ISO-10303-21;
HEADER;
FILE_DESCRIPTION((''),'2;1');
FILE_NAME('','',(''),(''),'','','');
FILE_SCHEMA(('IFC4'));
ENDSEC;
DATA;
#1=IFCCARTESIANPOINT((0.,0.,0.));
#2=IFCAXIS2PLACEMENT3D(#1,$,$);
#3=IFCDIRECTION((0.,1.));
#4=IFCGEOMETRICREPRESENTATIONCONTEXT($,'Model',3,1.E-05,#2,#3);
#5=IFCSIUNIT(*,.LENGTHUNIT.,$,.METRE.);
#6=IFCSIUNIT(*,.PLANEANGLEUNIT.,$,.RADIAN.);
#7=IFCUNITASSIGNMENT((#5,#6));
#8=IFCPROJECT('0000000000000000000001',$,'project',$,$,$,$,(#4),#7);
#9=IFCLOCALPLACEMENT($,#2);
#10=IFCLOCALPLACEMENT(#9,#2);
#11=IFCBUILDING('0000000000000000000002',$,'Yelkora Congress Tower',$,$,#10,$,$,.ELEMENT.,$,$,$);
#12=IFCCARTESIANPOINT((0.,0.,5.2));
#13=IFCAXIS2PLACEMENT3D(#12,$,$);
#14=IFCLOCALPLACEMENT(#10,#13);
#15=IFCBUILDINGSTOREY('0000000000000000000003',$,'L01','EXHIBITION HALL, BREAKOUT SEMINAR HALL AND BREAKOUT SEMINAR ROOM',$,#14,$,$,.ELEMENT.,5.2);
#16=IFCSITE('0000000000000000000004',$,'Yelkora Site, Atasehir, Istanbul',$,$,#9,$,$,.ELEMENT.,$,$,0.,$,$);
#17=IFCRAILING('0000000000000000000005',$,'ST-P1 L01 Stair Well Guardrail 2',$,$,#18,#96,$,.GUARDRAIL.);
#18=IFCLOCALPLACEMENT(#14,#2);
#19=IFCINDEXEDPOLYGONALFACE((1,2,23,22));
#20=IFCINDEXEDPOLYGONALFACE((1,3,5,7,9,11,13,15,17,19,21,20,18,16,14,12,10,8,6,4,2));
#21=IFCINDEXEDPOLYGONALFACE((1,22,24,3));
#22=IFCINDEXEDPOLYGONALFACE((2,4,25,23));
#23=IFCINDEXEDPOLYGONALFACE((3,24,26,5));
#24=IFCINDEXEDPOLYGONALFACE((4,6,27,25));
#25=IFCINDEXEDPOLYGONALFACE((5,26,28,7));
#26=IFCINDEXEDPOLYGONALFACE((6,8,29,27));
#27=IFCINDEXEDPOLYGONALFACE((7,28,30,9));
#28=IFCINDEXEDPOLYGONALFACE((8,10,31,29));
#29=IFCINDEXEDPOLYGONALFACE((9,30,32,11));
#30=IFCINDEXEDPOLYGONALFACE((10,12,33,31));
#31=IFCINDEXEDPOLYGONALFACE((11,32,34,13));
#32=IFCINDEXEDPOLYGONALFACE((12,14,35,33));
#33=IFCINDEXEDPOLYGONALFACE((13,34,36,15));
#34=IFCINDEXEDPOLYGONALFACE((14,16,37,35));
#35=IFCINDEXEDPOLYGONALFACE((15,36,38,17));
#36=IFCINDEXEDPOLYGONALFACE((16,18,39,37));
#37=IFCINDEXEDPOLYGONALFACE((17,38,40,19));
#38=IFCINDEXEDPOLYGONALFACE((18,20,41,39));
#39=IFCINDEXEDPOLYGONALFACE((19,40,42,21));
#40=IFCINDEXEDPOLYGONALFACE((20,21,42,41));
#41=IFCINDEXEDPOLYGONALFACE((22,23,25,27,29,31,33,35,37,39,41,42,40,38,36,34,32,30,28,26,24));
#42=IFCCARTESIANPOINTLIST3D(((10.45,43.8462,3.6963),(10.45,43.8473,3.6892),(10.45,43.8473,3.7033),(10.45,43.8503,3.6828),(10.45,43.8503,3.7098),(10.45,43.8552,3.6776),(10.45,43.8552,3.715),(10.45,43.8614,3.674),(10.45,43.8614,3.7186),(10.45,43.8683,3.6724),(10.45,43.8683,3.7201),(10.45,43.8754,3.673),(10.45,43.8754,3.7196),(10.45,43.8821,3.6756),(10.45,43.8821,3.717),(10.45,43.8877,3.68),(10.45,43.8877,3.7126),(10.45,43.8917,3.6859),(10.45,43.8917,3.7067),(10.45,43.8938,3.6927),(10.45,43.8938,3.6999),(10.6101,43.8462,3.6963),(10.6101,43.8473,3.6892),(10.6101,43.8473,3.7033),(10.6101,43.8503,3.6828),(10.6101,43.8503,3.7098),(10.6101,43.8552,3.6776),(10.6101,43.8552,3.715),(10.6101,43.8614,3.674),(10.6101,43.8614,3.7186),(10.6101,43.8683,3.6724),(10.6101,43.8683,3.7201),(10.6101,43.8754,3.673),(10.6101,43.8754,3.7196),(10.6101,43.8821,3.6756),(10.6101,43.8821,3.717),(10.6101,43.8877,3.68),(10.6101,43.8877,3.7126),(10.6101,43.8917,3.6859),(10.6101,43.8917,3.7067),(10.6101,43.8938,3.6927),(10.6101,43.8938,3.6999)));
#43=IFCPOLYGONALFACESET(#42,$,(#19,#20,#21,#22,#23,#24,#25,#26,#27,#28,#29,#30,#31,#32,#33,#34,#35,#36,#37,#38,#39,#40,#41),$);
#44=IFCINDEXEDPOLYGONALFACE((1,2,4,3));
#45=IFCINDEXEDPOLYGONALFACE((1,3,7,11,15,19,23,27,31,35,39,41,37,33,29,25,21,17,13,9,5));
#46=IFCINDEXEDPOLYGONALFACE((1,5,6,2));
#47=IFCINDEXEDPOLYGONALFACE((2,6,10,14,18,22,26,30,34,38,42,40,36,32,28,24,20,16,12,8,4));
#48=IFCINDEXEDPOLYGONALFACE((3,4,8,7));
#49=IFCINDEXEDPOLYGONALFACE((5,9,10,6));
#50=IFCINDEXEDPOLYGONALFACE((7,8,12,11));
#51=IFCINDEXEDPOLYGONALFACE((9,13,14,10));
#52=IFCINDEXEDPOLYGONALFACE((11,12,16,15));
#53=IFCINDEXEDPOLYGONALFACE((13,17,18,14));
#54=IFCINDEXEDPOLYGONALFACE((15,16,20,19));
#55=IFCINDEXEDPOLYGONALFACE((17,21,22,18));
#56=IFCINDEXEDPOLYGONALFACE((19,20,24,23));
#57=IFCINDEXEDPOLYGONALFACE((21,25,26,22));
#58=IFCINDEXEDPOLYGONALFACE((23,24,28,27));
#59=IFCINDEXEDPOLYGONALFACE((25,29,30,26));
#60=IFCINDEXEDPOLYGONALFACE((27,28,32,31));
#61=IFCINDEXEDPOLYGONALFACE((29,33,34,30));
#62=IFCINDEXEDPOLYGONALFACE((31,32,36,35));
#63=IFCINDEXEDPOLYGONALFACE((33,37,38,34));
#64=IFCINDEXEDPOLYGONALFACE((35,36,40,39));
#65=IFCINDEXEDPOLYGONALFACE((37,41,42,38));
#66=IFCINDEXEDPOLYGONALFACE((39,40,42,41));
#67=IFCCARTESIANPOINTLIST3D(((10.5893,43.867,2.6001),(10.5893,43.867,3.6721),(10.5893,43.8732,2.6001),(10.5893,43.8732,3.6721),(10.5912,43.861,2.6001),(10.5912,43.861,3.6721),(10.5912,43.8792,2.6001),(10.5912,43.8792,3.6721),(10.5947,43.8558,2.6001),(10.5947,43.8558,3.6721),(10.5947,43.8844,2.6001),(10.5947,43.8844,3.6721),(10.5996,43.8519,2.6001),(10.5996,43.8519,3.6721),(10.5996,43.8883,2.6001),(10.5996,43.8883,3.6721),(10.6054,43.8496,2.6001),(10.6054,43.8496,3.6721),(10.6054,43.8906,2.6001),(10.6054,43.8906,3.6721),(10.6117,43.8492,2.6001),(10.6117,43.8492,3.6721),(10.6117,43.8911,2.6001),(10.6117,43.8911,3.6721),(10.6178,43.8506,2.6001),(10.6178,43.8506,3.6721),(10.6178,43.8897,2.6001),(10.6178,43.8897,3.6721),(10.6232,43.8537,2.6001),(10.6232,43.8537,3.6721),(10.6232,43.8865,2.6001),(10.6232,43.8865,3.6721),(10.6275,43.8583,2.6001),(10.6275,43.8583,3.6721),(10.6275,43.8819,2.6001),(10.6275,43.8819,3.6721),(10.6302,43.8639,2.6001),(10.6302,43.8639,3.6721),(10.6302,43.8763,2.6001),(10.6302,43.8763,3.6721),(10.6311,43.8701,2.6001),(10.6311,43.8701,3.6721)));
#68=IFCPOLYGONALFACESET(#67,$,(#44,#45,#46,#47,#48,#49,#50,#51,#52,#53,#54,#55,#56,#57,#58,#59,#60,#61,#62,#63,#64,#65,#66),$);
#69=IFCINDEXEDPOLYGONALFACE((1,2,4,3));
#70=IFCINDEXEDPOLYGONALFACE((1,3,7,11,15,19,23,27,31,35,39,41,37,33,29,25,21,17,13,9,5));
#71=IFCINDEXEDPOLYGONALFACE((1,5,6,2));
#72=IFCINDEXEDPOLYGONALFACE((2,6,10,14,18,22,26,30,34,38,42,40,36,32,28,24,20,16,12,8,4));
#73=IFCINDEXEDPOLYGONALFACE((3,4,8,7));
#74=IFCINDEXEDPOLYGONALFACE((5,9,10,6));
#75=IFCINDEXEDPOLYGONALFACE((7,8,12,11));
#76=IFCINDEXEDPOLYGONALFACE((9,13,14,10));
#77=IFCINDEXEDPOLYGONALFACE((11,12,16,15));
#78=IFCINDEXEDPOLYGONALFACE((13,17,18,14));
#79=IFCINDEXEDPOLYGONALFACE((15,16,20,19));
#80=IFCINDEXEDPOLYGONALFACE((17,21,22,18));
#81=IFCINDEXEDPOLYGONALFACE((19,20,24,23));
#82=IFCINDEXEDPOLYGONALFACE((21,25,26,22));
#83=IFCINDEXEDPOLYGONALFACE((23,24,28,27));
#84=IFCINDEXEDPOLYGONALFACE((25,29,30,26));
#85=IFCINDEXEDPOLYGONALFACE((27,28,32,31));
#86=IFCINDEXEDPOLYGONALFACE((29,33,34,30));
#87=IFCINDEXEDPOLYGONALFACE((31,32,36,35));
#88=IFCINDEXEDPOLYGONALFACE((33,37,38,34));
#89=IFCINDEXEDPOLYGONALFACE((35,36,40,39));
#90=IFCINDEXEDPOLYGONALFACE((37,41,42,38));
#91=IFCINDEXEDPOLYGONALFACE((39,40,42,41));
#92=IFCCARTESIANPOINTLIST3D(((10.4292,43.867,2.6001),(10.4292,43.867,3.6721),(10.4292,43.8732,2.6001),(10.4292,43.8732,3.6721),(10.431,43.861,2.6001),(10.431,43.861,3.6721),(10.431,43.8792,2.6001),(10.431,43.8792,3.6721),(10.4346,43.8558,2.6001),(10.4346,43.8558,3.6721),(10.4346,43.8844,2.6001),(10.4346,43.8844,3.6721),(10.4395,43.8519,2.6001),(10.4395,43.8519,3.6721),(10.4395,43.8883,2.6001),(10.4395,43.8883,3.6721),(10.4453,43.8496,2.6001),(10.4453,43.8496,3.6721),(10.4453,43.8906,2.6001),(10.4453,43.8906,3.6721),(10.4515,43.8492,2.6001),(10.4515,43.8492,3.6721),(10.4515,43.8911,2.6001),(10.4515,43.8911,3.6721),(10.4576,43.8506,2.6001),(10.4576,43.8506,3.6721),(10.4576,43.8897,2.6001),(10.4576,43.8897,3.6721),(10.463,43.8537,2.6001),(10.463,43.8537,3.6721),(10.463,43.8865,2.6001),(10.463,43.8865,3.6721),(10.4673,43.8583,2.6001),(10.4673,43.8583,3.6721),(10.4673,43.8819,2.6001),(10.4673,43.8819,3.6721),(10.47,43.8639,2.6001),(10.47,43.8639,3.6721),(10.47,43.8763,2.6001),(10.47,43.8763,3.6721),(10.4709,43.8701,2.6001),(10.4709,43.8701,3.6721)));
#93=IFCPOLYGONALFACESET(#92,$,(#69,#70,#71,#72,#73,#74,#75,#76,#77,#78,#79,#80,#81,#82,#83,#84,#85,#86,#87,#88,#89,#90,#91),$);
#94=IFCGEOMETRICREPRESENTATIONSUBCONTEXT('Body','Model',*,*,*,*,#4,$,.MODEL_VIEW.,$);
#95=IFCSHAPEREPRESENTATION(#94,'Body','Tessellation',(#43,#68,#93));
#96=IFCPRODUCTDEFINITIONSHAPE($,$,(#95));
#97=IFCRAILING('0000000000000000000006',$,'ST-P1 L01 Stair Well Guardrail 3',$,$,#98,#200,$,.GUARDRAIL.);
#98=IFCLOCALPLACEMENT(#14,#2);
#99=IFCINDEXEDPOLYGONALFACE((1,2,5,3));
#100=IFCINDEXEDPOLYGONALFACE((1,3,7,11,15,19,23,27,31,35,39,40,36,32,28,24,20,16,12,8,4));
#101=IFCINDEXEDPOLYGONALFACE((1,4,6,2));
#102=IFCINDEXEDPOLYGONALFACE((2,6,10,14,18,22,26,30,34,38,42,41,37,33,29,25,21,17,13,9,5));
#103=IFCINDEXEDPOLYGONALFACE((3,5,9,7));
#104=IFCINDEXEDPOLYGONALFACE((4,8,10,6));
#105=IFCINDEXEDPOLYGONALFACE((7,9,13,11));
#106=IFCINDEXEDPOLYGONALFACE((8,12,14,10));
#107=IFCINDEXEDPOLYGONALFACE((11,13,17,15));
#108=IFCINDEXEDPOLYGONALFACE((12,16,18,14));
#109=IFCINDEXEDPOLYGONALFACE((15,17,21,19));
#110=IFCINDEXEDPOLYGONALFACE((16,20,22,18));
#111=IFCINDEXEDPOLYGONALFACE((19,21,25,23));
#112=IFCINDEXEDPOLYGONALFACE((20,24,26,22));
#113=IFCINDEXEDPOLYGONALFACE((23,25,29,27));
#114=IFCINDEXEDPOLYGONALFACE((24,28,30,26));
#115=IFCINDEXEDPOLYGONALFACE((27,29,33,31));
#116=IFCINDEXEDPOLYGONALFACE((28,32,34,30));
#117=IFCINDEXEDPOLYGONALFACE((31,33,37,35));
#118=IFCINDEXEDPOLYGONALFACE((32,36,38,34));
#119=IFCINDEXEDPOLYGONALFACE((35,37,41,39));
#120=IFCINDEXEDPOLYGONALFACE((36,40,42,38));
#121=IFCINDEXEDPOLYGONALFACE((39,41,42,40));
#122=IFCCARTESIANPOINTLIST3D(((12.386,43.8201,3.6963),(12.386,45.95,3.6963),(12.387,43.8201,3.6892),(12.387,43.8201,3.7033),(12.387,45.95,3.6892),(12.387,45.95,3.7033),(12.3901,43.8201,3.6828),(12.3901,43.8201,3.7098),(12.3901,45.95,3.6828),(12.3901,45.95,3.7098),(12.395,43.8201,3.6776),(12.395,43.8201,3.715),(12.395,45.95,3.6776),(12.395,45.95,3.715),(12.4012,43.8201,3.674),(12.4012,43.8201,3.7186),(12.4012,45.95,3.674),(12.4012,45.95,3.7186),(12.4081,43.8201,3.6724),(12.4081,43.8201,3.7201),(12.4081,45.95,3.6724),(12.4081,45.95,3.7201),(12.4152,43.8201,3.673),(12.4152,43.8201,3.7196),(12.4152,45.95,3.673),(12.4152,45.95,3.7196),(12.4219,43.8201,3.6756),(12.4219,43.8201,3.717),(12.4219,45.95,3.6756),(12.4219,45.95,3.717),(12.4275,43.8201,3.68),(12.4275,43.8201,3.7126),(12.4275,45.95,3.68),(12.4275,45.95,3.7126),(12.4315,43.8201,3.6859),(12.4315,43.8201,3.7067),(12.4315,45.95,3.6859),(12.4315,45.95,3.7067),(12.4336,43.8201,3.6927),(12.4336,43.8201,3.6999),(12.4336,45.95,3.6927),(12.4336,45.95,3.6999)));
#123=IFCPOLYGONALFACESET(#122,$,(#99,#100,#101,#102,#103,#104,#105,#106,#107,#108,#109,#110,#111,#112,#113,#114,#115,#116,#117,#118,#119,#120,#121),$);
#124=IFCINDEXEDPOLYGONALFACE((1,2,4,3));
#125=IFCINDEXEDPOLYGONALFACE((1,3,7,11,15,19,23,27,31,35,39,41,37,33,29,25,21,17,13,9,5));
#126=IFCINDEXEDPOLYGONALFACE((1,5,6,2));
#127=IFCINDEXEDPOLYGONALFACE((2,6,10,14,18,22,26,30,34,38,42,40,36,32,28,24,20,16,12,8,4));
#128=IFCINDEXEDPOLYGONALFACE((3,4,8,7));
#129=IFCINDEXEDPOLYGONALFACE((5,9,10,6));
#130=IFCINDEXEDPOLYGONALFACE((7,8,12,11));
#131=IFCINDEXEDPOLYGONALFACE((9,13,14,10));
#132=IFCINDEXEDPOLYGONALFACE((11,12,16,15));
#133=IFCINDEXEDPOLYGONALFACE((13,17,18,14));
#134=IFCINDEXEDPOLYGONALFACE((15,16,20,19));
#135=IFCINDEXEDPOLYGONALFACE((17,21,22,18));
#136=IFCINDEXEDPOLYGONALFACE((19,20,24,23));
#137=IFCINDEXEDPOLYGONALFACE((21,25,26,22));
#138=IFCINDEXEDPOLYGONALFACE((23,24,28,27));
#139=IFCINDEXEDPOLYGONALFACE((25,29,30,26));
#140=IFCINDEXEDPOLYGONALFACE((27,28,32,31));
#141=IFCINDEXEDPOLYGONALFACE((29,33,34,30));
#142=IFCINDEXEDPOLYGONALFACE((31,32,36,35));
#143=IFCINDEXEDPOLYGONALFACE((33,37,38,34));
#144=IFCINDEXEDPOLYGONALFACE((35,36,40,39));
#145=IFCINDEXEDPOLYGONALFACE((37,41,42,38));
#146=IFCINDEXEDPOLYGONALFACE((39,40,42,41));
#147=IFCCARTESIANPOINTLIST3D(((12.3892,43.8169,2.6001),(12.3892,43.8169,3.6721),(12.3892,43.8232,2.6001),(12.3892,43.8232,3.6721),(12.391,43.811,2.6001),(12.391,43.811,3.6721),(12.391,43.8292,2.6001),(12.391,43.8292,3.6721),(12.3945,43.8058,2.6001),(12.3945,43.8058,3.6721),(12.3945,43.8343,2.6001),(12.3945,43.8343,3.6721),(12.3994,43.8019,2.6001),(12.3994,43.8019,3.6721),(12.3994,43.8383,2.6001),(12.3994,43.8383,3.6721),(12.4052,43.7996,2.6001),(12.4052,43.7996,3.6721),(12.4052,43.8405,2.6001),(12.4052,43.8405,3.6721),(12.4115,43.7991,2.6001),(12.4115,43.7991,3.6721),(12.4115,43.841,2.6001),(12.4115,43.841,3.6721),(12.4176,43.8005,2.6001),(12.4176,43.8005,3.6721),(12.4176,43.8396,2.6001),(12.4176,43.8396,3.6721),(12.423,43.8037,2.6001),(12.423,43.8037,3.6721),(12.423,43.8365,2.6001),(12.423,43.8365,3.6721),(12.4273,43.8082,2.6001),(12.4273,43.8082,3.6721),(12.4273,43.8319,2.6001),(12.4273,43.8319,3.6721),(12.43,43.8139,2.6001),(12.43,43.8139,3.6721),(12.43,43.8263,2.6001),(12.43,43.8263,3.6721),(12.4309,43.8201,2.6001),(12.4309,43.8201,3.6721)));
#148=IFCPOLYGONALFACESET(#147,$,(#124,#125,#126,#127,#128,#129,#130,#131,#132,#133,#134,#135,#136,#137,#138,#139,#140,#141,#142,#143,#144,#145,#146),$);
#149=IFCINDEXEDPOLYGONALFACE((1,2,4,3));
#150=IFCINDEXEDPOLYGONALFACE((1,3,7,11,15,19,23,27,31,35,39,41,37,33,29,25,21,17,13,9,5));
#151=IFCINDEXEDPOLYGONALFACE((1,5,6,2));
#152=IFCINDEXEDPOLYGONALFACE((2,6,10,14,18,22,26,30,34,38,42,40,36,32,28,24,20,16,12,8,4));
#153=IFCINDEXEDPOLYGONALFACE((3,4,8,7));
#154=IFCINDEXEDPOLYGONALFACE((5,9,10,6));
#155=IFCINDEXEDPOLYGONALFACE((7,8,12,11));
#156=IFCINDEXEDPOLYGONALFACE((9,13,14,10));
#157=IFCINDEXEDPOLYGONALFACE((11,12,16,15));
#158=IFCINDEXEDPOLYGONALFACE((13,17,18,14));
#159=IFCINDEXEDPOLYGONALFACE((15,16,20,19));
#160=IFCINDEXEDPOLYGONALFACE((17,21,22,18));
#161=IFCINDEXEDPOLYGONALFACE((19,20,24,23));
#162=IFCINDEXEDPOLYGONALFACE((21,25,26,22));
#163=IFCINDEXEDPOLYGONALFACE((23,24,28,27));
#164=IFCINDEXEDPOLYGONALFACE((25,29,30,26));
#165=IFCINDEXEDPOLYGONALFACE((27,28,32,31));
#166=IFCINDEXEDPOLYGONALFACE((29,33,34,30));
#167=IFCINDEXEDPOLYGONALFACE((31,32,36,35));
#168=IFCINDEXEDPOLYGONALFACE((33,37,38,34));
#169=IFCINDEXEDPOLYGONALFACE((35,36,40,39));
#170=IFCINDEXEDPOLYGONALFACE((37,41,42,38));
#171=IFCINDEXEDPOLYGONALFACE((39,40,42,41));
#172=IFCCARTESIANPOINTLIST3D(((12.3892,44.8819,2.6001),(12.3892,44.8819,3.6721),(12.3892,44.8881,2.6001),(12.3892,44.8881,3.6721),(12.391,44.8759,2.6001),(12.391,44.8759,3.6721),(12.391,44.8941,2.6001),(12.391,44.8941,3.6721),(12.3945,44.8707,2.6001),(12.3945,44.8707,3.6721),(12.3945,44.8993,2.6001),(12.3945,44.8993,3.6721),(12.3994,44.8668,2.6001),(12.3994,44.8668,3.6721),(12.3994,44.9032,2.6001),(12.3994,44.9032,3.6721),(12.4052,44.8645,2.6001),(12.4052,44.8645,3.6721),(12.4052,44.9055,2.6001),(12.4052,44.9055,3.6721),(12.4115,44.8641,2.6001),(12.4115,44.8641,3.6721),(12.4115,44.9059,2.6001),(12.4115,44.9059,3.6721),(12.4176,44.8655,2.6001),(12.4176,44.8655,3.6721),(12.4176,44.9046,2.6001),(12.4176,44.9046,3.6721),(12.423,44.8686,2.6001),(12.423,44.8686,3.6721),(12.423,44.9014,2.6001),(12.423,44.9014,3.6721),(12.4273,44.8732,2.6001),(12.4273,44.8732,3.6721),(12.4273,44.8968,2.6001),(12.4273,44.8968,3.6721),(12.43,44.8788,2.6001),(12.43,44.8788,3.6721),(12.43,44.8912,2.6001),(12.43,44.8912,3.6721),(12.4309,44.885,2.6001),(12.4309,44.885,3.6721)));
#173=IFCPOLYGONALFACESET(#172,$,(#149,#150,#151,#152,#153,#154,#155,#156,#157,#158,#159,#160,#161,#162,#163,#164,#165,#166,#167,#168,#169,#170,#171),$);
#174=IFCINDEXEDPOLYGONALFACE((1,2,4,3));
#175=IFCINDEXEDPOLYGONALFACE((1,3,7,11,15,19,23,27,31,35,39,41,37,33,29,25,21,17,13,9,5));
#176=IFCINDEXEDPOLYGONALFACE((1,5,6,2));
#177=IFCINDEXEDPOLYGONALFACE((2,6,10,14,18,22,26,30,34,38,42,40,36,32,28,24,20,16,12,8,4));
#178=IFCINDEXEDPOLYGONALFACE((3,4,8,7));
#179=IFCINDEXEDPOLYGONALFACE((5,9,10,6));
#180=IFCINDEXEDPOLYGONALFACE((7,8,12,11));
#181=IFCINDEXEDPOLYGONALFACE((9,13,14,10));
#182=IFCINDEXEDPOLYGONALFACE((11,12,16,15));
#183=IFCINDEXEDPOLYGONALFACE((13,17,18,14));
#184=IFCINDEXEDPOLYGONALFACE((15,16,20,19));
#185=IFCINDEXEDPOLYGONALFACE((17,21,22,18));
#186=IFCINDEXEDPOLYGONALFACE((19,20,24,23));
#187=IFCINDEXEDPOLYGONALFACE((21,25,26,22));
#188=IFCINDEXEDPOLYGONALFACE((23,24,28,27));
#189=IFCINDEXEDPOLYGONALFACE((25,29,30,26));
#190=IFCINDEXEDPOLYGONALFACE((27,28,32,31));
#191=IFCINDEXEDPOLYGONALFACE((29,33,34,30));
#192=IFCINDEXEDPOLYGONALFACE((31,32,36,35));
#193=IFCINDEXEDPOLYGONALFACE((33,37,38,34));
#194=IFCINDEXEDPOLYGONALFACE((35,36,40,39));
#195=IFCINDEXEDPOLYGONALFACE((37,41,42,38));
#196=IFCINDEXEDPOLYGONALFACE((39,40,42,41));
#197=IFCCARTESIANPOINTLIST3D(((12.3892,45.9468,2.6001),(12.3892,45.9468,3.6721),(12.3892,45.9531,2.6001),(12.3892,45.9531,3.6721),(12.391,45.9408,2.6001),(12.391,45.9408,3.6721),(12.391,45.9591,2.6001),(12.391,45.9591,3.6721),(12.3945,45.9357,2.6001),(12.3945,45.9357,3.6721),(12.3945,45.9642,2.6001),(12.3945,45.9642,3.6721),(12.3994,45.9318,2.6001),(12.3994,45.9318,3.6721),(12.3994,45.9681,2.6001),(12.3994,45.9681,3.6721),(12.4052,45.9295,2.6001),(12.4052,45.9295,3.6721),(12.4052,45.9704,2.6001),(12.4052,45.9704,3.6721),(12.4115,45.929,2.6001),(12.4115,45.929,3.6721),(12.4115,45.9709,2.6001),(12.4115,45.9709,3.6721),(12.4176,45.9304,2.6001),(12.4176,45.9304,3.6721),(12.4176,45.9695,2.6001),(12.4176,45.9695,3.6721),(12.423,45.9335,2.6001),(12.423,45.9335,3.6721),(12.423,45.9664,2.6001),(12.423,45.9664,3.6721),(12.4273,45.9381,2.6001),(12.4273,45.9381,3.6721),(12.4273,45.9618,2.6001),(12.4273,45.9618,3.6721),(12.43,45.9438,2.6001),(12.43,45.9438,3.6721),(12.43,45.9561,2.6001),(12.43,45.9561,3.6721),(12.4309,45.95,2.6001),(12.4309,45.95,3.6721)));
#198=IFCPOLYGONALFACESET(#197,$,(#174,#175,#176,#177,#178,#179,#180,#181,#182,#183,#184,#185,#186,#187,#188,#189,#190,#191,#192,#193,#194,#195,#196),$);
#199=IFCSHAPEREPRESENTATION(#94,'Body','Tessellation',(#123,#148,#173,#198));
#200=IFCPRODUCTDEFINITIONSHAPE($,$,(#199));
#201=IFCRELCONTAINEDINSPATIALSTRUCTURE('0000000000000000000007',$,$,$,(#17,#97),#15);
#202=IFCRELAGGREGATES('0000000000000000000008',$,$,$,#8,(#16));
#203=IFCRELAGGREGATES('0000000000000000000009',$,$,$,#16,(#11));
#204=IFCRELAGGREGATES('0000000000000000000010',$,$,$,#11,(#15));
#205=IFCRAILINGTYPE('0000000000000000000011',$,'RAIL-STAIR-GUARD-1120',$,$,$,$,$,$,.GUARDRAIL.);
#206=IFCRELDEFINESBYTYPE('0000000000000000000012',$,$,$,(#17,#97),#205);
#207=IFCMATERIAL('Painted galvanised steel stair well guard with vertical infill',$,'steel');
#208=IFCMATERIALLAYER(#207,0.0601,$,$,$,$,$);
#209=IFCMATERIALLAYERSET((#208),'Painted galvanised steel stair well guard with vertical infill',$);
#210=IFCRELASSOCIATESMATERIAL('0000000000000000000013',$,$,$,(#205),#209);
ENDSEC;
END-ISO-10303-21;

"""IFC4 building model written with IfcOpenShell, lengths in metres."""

from ifc_helpers import new_model, si_unit, direction, frame, origin, origin_2d, place, context, subcontext, project, spatial, circle, extrude, material, layer, layer_set, type_object, element, save


model = new_model("IFC4")

# Units and contexts
model_context = context("Model", 3, precision=1e-05, world=origin(), true_north=direction((0.0, 1.0)))
body_context = subcontext(model_context, "Body", "Model", "MODEL_VIEW")
ifc_project = project(units=[si_unit("LENGTHUNIT", "METRE"), si_unit("PLANEANGLEUNIT", "RADIAN")], contexts=[model_context])

# Site, building, storey
site_placement = place(None, origin())
site = spatial("IfcSite", under=ifc_project, at=site_placement, Name="Yelkora Site, Atasehir, Istanbul", CompositionType="ELEMENT", RefElevation=0.0)
building_placement = place(site_placement, origin())
building = spatial("IfcBuilding", under=site, at=building_placement, Name="Yelkora Congress Tower", CompositionType="ELEMENT")
storey_placement = place(building_placement, frame((0.0, 0.0, 5.2)))
storey = spatial("IfcBuildingStorey", under=building, at=storey_placement, Name="L01", Description="EXHIBITION HALL, BREAKOUT SEMINAR HALL AND BREAKOUT SEMINAR ROOM", CompositionType="ELEMENT", Elevation=5.2)

# Railings
ifc_material_1 = material(Name="Painted galvanised steel stair well guard with vertical infill", Category="steel")
ifc_layer_1 = layer(ifc_material_1, 0.0601)
ifc_layer_set_1 = layer_set([ifc_layer_1], Name="Painted galvanised steel stair well guard with vertical infill")
railing_type_1 = type_object("IfcRailingType", Name="RAIL-STAIR-GUARD-1120", PredefinedType="GUARDRAIL", material=ifc_layer_set_1)
railing_1_placement = place(storey_placement, frame((10.6101, 43.8701, 2.6001)))
element("IfcRailing", 1, at=railing_1_placement, inside=storey, type_object=railing_type_1, Name="ST-P1 L01 Stair Well Guardrail 2", PredefinedType="GUARDRAIL", context=body_context, shape_type="SweptSolid", body=[
    extrude(circle(Radius=0.0239, at=origin_2d()), frame((0.0, 0.0, 1.0962), z_axis=(-1.0, 0.0, 0.0), x_axis=(0.0, -1.0, 0.0)), (0.0, 0.0, 1.0), 0.1602),
    extrude(circle(Radius=0.021, at=origin_2d()), origin(), (0.0, 0.0, 1.0), 1.072),
    extrude(circle(Radius=0.021, at=origin_2d()), frame((-0.1602, 0.0, 0.0)), (0.0, 0.0, 1.0), 1.072),
])
for number, where, name in (
    (2, (12.4099, 43.8201, 2.6001), "ST-P1 L01 Stair Well Guardrail 3"),
):
    element("IfcRailing", number, at=place(storey_placement, frame(where)), inside=storey, type_object=railing_type_1, Name=name, PredefinedType="GUARDRAIL", context=body_context, shape_type="SweptSolid", body=[
        extrude(circle(Radius=0.0239, at=origin_2d()), frame((0.0, 0.0, 1.0962), z_axis=(0.0, 1.0, 0.0), x_axis=(-1.0, 0.0, 0.0)), (0.0, 0.0, 1.0), 2.1299),
        extrude(circle(Radius=0.021, at=origin_2d()), origin(), (0.0, 0.0, 1.0), 1.072),
        extrude(circle(Radius=0.021, at=origin_2d()), frame((0.0, 1.0649, 0.0)), (0.0, 0.0, 1.0), 1.072),
        extrude(circle(Radius=0.021, at=origin_2d()), frame((0.0, 2.1299, 0.0)), (0.0, 0.0, 1.0), 1.072),
    ])

save(model, "model.ifc")
